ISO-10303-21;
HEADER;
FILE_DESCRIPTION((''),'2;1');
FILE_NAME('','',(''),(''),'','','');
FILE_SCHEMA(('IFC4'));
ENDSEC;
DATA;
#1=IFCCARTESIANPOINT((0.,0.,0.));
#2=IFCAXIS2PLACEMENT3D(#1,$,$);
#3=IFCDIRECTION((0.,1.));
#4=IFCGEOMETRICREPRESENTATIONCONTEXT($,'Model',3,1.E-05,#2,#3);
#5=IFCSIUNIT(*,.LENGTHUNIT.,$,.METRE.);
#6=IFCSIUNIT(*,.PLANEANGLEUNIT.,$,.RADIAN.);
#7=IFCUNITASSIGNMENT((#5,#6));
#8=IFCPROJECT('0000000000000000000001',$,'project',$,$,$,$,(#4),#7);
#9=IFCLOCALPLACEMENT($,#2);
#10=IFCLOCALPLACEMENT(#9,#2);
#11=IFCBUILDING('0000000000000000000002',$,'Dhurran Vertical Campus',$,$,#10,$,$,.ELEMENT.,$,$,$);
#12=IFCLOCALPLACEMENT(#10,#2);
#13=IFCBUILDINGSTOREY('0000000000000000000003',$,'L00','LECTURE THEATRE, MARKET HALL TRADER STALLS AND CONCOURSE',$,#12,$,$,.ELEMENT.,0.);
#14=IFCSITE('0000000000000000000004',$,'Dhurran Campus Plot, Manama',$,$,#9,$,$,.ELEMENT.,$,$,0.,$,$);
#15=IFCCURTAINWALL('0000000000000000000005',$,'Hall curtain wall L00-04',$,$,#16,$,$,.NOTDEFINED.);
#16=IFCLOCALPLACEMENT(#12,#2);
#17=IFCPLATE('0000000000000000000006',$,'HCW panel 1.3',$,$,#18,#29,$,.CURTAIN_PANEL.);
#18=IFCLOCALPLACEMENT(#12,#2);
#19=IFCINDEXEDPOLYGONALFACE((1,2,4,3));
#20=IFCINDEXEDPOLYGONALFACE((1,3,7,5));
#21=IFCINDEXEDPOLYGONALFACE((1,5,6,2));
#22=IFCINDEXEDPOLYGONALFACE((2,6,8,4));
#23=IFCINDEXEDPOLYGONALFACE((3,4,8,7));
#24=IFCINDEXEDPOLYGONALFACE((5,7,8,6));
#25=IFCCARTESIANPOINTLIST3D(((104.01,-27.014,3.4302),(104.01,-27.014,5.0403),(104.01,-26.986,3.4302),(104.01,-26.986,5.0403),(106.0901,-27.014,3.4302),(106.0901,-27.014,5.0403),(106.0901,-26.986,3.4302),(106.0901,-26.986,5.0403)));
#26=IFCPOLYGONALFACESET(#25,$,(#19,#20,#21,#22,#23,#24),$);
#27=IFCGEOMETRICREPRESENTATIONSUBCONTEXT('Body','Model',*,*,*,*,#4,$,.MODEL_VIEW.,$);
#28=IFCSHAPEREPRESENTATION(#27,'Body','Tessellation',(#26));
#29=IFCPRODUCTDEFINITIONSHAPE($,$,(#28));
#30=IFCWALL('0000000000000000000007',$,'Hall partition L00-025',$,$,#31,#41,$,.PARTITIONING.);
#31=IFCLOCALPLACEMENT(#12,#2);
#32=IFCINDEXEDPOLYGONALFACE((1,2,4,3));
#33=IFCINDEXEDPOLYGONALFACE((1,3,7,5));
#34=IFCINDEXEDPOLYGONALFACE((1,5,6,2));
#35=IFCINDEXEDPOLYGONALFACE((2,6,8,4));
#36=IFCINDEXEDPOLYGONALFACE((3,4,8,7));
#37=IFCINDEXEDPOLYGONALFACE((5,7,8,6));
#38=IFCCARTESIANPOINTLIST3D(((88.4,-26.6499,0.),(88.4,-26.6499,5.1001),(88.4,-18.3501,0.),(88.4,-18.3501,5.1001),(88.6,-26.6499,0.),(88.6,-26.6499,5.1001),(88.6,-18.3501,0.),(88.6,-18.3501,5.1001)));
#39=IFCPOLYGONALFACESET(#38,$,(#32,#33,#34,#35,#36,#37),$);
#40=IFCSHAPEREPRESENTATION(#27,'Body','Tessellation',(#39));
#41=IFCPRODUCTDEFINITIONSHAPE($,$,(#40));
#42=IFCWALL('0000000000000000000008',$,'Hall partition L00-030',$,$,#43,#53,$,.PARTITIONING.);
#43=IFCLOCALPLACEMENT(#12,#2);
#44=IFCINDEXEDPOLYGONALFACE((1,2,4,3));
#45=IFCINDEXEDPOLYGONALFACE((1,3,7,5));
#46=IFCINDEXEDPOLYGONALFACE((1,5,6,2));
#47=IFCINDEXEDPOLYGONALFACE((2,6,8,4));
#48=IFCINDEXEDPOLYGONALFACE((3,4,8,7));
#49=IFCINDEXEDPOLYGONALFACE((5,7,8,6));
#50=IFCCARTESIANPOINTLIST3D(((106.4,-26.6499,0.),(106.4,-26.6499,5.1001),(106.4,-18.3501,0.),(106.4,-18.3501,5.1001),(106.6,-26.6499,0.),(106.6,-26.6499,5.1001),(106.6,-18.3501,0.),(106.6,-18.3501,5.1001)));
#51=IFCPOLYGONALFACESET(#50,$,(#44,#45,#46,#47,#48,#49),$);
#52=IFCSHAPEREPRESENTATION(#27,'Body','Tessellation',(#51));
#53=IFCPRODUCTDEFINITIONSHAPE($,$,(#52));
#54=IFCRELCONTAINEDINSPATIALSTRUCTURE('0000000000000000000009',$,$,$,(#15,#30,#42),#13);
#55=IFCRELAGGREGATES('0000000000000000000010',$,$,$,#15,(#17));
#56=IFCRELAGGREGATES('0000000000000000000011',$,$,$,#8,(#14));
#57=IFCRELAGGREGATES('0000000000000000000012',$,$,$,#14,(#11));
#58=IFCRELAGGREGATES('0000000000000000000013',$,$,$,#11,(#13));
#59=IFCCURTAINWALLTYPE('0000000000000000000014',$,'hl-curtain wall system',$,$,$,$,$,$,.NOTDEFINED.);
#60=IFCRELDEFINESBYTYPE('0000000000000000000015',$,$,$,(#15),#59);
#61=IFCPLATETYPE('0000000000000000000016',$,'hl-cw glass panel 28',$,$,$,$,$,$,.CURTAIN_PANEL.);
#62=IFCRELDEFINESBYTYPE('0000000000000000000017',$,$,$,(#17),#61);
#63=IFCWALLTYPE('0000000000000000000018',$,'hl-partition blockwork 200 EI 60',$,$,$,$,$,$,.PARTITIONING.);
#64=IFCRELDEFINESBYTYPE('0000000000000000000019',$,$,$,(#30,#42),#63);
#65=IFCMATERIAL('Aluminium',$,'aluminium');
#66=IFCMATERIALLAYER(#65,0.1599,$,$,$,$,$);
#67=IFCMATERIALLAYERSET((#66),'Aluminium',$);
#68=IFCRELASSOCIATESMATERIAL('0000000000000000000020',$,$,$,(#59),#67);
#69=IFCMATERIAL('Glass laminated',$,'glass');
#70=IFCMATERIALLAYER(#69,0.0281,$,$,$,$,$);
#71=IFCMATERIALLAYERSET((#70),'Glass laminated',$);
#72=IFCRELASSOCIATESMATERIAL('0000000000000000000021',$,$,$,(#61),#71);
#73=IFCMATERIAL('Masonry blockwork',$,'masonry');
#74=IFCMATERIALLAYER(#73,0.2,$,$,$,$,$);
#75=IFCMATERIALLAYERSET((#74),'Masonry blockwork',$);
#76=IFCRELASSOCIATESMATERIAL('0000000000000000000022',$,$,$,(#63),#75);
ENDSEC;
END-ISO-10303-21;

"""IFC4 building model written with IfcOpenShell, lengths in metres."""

from ifc_helpers import new_model, si_unit, direction, frame, frame_2d, origin, origin_2d, place, context, subcontext, project, spatial, rectangle, extrude, material, layer, layer_set, type_object, element, aggregate, save


model = new_model("IFC4")

# Units and contexts
model_context = context("Model", 3, precision=1e-05, world=origin(), true_north=direction((0.0, 1.0)))
body_context = subcontext(model_context, "Body", "Model", "MODEL_VIEW")
ifc_project = project(units=[si_unit("LENGTHUNIT", "METRE"), si_unit("PLANEANGLEUNIT", "RADIAN")], contexts=[model_context])

# Site, building, storey
site_placement = place(None, origin())
site = spatial("IfcSite", under=ifc_project, at=site_placement, Name="Dhurran Campus Plot, Manama", CompositionType="ELEMENT", RefElevation=0.0)
building_placement = place(site_placement, origin())
building = spatial("IfcBuilding", under=site, at=building_placement, Name="Dhurran Vertical Campus", CompositionType="ELEMENT")
storey_placement = place(building_placement, origin())
storey = spatial("IfcBuildingStorey", under=building, at=storey_placement, Name="L00", Description="LECTURE THEATRE, MARKET HALL TRADER STALLS AND CONCOURSE", CompositionType="ELEMENT", Elevation=0.0)

# Curtain wall
ifc_material_1 = material(Name="Aluminium", Category="aluminium")
ifc_layer_1 = layer(ifc_material_1, 0.1599)
ifc_layer_set_1 = layer_set([ifc_layer_1], Name="Aluminium")
curtain_wall_type = type_object("IfcCurtainWallType", Name="hl-curtain wall system", PredefinedType="NOTDEFINED", material=ifc_layer_set_1)
curtain_wall_placement = place(storey_placement, origin())
curtain_wall = element("IfcCurtainWall", 1, at=curtain_wall_placement, inside=storey, type_object=curtain_wall_type, Name="Hall curtain wall L00-04", PredefinedType="NOTDEFINED")

# Plate
ifc_material_2 = material(Name="Glass laminated", Category="glass")
ifc_layer_2 = layer(ifc_material_2, 0.0281)
ifc_layer_set_2 = layer_set([ifc_layer_2], Name="Glass laminated")
plate_type = type_object("IfcPlateType", Name="hl-cw glass panel 28", PredefinedType="CURTAIN_PANEL", material=ifc_layer_set_2)
plate_1_placement = place(storey_placement, frame((105.05, -27.0, 3.4302), z_axis=(0.0, 0.0, 1.0), x_axis=(1.0, 0.0, 0.0)))
plate_1 = element("IfcPlate", 2, at=plate_1_placement, type_object=plate_type, Name="HCW panel 1.3", PredefinedType="CURTAIN_PANEL", context=body_context, shape_type="SweptSolid", body=[
    extrude(rectangle(XDim=2.0801, YDim=0.0281, at=origin_2d()), origin(), (0.0, 0.0, 1.0), 1.6101),
])
aggregate(curtain_wall, [plate_1])

# Walls
ifc_material_3 = material(Name="Masonry blockwork", Category="masonry")
ifc_layer_3 = layer(ifc_material_3, 0.2)
ifc_layer_set_3 = layer_set([ifc_layer_3], Name="Masonry blockwork")
wall_type = type_object("IfcWallType", Name="hl-partition blockwork 200 EI 60", PredefinedType="PARTITIONING", material=ifc_layer_set_3)
for number, where, z_axis, x_axis, name in (
    (3, (88.5, -26.6499, 0.0), (0.0, 0.0, 1.0), (0.0, 1.0, 0.0), "Hall partition L00-025"),
    (4, (106.5, -26.6499, 0.0), (0.0, 0.0, 1.0), (0.0, 1.0, 0.0), "Hall partition L00-030"),
):
    element("IfcWall", number, at=place(storey_placement, frame(where, z_axis=z_axis, x_axis=x_axis)), inside=storey, type_object=wall_type, Name=name, PredefinedType="PARTITIONING", context=body_context, shape_type="SweptSolid", body=[
        extrude(rectangle(XDim=8.2998, YDim=0.2, at=frame_2d((4.1499, 0.0))), origin(), (0.0, 0.0, 1.0), 5.1001),
    ])

save(model, "model.ifc")
